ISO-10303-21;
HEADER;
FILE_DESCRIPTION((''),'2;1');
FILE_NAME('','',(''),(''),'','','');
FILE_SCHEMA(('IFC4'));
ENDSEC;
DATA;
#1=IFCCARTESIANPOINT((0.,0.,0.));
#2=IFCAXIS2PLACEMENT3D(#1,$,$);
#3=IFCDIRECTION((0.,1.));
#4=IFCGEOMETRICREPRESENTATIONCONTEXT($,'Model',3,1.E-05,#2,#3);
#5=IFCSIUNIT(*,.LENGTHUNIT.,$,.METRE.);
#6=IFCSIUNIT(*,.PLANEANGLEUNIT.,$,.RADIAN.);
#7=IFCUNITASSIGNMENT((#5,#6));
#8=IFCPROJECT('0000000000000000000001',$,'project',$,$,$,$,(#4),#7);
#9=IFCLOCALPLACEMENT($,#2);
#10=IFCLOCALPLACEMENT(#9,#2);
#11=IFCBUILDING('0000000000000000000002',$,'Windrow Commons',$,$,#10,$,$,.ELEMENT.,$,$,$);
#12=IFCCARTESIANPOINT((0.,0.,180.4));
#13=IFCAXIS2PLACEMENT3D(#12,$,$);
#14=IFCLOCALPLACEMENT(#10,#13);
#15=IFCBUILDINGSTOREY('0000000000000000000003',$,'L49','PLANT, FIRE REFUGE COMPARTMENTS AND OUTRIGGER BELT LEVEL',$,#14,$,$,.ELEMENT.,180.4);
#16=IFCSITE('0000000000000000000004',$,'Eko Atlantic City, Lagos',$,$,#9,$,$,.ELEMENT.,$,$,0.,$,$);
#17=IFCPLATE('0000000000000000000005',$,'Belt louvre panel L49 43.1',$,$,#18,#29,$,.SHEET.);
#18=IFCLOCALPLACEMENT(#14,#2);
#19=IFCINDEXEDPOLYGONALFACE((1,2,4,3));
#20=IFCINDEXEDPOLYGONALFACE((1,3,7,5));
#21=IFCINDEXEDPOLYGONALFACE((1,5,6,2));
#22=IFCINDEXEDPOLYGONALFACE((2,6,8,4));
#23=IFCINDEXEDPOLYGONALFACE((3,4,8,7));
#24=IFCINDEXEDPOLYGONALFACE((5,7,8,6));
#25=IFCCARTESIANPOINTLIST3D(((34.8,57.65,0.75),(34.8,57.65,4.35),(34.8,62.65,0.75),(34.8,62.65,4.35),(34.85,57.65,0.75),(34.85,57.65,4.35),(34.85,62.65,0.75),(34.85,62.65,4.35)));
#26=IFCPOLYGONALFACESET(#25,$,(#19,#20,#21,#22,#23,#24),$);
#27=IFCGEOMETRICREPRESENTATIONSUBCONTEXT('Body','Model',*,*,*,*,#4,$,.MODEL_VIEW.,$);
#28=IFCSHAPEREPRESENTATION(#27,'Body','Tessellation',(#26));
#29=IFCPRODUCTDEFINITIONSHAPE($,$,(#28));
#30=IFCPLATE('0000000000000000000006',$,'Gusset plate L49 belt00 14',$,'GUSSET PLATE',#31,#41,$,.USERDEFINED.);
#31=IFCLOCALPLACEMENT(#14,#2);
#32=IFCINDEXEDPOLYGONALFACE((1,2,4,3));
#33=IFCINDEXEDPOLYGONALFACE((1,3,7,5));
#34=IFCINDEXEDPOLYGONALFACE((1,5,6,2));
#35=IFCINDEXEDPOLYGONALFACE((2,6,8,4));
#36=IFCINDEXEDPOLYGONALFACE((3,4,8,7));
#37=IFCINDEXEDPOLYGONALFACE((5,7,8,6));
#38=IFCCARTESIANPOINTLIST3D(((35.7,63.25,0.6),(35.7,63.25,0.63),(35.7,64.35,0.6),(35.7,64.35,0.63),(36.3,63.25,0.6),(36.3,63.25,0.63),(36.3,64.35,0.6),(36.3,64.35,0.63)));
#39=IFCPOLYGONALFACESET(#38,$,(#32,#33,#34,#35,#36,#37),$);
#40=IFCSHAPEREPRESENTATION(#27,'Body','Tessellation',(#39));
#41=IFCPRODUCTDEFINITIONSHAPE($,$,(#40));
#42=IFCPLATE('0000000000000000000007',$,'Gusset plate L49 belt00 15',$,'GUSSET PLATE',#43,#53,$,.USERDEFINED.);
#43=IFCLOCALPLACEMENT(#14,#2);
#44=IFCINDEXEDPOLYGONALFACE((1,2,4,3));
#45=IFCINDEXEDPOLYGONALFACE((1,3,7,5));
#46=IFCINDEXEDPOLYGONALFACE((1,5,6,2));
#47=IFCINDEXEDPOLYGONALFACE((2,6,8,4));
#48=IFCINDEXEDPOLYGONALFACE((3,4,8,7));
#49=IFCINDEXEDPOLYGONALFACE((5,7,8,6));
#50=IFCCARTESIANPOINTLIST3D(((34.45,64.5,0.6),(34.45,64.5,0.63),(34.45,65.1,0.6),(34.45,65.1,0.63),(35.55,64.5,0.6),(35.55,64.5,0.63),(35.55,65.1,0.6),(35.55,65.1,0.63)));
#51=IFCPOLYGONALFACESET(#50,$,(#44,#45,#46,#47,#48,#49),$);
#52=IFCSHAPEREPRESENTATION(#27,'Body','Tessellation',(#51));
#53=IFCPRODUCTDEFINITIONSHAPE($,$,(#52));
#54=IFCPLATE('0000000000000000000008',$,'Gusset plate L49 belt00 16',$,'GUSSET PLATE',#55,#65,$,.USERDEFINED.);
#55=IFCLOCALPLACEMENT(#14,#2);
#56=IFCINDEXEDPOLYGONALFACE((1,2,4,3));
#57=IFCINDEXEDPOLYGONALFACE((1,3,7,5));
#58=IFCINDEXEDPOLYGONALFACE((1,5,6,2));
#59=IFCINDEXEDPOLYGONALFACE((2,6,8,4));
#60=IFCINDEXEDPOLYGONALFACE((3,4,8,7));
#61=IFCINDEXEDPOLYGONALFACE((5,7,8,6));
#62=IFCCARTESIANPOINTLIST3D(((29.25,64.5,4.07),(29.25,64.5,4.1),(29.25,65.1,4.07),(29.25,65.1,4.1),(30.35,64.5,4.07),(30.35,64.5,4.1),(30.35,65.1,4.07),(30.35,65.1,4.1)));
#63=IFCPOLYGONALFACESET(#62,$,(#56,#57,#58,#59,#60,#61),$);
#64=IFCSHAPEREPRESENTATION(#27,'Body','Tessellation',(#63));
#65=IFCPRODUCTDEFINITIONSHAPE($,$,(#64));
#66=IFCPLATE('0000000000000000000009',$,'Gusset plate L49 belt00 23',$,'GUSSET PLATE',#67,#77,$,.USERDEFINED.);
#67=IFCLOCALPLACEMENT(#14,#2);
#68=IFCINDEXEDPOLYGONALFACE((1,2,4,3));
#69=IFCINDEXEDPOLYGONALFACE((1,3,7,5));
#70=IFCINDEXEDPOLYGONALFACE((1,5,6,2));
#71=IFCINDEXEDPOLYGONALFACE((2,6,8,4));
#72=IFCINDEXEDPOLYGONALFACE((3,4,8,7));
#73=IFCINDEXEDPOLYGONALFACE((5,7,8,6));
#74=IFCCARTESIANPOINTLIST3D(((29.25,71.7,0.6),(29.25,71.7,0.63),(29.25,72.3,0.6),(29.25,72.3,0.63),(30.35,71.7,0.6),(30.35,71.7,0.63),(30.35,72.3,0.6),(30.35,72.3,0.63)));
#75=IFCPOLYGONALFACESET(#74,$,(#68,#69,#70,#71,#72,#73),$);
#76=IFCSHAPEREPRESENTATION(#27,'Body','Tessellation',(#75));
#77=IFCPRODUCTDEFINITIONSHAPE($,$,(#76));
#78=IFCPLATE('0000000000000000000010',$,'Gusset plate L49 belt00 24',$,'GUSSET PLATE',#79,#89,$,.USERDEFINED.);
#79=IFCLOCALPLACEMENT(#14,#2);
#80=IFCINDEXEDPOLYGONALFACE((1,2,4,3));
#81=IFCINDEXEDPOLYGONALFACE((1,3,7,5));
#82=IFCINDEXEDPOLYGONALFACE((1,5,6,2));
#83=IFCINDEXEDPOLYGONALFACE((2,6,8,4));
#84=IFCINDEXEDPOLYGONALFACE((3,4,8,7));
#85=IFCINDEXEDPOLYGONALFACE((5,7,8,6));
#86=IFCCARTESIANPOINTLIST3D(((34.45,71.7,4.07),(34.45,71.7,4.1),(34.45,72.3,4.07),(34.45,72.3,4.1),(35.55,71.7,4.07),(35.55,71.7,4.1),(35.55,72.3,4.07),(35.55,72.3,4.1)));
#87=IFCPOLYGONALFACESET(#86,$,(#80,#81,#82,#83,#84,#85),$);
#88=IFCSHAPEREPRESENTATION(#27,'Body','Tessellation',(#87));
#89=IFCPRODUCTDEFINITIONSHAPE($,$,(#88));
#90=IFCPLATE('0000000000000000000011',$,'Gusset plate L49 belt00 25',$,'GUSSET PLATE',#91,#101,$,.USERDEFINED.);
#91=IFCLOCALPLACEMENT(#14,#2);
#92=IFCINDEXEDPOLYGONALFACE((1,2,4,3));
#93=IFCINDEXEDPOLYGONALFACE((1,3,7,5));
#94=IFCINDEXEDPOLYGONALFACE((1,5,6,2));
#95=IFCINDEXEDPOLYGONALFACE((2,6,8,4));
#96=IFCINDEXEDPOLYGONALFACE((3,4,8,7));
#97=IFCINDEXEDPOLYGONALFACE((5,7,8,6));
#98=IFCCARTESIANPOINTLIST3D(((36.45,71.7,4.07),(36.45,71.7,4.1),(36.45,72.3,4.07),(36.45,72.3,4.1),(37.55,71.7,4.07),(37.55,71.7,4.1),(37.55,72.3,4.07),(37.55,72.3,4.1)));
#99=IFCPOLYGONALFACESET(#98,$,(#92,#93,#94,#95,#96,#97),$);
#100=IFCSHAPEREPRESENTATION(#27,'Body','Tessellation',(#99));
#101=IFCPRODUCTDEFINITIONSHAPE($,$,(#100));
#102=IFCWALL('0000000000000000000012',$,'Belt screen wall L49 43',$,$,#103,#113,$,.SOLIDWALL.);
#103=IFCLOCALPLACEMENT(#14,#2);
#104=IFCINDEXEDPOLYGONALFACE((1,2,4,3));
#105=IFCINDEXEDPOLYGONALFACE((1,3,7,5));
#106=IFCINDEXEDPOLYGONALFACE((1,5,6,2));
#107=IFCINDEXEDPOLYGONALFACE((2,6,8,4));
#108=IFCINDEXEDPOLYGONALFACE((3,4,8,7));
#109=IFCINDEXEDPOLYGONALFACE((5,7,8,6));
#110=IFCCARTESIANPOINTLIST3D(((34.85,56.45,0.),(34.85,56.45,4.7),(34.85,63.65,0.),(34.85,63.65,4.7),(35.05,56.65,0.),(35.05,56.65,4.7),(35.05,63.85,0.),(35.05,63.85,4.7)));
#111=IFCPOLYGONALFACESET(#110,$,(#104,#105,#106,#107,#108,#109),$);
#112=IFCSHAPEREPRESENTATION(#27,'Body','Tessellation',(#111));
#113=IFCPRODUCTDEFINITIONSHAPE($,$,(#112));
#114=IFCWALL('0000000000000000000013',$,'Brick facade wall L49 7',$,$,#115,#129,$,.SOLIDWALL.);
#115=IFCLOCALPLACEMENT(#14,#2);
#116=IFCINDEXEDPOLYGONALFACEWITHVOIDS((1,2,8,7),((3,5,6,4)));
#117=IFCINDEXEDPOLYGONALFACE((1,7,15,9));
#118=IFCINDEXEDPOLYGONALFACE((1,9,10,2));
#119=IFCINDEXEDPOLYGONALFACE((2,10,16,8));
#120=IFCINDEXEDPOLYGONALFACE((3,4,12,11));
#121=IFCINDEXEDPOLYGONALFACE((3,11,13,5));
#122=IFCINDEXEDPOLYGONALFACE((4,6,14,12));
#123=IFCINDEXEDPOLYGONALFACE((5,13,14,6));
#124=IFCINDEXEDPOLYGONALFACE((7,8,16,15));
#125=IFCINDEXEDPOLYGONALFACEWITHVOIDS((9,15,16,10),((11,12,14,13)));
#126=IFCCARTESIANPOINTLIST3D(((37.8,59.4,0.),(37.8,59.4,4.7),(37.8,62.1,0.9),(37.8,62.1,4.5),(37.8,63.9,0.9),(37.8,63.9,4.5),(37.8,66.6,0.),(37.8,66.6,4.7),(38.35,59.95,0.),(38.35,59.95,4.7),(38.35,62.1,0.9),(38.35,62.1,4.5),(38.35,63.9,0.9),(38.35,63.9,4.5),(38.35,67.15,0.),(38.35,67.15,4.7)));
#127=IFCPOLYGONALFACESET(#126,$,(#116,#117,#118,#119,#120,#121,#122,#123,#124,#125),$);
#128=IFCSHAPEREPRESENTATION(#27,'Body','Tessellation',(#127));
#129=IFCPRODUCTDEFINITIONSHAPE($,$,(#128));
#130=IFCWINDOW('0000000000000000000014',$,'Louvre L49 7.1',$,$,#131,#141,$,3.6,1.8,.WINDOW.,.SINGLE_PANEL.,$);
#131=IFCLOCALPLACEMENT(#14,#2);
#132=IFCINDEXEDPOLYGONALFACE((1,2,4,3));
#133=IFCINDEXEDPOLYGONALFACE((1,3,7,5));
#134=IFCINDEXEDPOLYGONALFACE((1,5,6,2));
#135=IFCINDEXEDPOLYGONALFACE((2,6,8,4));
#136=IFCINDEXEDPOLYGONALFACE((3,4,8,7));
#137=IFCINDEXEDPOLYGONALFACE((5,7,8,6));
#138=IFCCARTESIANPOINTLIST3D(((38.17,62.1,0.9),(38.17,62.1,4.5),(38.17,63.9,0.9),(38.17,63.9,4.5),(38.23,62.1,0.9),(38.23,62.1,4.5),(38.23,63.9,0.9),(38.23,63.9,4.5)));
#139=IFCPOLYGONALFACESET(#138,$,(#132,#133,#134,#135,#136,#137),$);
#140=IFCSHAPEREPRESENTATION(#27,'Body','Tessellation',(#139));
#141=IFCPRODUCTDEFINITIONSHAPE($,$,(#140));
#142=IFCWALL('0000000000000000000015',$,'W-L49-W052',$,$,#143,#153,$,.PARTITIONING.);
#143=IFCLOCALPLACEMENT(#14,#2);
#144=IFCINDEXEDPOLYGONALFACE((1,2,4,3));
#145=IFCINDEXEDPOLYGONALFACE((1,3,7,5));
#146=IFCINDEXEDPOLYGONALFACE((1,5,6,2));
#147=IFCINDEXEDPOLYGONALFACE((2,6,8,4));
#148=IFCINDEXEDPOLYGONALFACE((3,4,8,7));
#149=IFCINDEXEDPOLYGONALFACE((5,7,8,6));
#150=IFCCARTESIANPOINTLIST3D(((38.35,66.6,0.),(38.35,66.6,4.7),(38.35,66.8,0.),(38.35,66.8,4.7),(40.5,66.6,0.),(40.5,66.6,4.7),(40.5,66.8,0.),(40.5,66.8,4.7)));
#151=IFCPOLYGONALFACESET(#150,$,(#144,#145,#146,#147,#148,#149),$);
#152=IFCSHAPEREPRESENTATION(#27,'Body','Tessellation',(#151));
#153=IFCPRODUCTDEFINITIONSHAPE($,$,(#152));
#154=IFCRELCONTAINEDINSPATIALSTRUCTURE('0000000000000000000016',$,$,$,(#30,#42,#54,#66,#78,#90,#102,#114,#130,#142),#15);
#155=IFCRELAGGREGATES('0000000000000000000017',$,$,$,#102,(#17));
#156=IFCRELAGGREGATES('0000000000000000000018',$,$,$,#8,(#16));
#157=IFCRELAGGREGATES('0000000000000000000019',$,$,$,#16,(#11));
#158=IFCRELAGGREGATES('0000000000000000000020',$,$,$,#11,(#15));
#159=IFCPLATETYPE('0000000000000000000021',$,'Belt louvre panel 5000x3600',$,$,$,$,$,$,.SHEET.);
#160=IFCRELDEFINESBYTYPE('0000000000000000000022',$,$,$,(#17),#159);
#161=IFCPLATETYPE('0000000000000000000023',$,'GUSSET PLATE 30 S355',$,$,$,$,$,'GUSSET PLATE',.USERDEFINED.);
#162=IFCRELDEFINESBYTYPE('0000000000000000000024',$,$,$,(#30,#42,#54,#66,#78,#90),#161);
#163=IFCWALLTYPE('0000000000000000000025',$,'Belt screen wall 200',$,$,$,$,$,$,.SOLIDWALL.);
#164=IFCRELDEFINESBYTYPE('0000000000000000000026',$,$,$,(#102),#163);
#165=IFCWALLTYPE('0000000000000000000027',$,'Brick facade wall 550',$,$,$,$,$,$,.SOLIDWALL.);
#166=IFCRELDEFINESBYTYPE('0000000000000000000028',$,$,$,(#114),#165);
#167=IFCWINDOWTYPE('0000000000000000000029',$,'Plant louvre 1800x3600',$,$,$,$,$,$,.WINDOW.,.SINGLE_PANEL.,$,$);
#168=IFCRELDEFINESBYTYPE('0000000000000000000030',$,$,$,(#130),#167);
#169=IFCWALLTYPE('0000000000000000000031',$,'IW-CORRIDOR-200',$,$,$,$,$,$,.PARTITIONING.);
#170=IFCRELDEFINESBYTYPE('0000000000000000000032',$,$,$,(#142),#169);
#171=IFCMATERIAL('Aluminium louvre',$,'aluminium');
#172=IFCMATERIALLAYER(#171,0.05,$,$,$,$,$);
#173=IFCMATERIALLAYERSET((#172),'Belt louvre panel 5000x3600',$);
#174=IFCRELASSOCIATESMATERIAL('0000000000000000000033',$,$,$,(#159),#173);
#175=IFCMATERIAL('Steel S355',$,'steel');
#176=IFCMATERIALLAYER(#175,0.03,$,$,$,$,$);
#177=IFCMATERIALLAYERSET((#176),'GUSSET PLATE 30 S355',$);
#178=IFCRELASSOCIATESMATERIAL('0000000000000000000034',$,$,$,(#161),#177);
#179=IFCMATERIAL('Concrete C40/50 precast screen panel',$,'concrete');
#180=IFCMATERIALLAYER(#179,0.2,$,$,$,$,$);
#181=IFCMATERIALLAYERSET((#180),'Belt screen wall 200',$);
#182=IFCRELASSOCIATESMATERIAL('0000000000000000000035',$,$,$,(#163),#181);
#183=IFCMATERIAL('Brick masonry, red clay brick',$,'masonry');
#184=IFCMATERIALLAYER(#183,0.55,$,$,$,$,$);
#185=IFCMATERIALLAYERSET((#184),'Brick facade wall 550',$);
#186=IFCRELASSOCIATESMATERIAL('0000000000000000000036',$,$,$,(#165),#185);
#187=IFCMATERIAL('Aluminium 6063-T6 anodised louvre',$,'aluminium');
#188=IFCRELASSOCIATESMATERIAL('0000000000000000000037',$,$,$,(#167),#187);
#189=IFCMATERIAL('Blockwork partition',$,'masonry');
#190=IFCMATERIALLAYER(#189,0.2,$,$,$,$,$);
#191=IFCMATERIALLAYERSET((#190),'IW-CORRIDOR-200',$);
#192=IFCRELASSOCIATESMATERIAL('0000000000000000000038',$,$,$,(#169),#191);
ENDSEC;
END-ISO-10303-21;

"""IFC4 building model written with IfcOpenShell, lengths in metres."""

from ifc_helpers import new_model, si_unit, direction, frame, frame_2d, origin, origin_2d, place, context, subcontext, project, spatial, polyline, rectangle, outline, extrude, material, layer, layer_set, type_object, element, fill, aggregate, save


model = new_model("IFC4")

# Units and contexts
model_context = context("Model", 3, precision=1e-05, world=origin(), true_north=direction((0.0, 1.0)))
body_context = subcontext(model_context, "Body", "Model", "MODEL_VIEW")
ifc_project = project(units=[si_unit("LENGTHUNIT", "METRE"), si_unit("PLANEANGLEUNIT", "RADIAN")], contexts=[model_context])

# Site, building, storey
site_placement = place(None, origin())
site = spatial("IfcSite", under=ifc_project, at=site_placement, Name="Eko Atlantic City, Lagos", CompositionType="ELEMENT", RefElevation=0.0)
building_placement = place(site_placement, origin())
building = spatial("IfcBuilding", under=site, at=building_placement, Name="Windrow Commons", CompositionType="ELEMENT")
storey_placement = place(building_placement, frame((0.0, 0.0, 180.4)))
storey = spatial("IfcBuildingStorey", under=building, at=storey_placement, Name="L49", Description="PLANT, FIRE REFUGE COMPARTMENTS AND OUTRIGGER BELT LEVEL", CompositionType="ELEMENT", Elevation=180.4)

# Plate
ifc_material_1 = material(Name="Aluminium louvre", Category="aluminium")
ifc_layer_1 = layer(ifc_material_1, 0.05)
ifc_layer_set_1 = layer_set([ifc_layer_1], Name="Belt louvre panel 5000x3600")
plate_type_1 = type_object("IfcPlateType", Name="Belt louvre panel 5000x3600", PredefinedType="SHEET", material=ifc_layer_set_1)
plate_placement = place(storey_placement, frame((34.8, 62.65, 0.75), z_axis=(-1.0, 0.0, 0.0), x_axis=(0.0, -1.0, 0.0)))
plate = element("IfcPlate", 1, at=plate_placement, type_object=plate_type_1, Name="Belt louvre panel L49 43.1", PredefinedType="SHEET", context=body_context, shape_type="SweptSolid", body=[
    extrude(outline(polyline([(0.0, 0.0), (5.0, 0.0), (5.0, 3.6), (0.0, 3.6), (0.0, 0.0)])), origin(), (0.0, 0.0, -1.0), 0.05),
])

# Plates
ifc_material_2 = material(Name="Steel S355", Category="steel")
ifc_layer_2 = layer(ifc_material_2, 0.03)
ifc_layer_set_2 = layer_set([ifc_layer_2], Name="GUSSET PLATE 30 S355")
plate_type_2 = type_object("IfcPlateType", Name="GUSSET PLATE 30 S355", ElementType="GUSSET PLATE", PredefinedType="USERDEFINED", material=ifc_layer_set_2)
for number, where, z_axis, x_axis, name in (
    (2, (36.0, 63.8, 0.6), (0.0, 0.0, 1.0), (0.0, 1.0, 0.0), "Gusset plate L49 belt00 14"),
    (3, (35.0, 64.8, 0.6), (0.0, 0.0, 1.0), (-1.0, 0.0, 0.0), "Gusset plate L49 belt00 15"),
    (4, (29.8, 64.8, 4.07), (0.0, 0.0, 1.0), (-1.0, 0.0, 0.0), "Gusset plate L49 belt00 16"),
    (5, (29.8, 72.0, 0.6), (0.0, 0.0, 1.0), (1.0, 0.0, 0.0), "Gusset plate L49 belt00 23"),
    (6, (35.0, 72.0, 4.07), (0.0, 0.0, 1.0), (1.0, 0.0, 0.0), "Gusset plate L49 belt00 24"),
    (7, (37.0, 72.0, 4.07), (0.0, 0.0, 1.0), (1.0, 0.0, 0.0), "Gusset plate L49 belt00 25"),
):
    element("IfcPlate", number, at=place(storey_placement, frame(where, z_axis=z_axis, x_axis=x_axis)), inside=storey, type_object=plate_type_2, Name=name, ObjectType="GUSSET PLATE", PredefinedType="USERDEFINED", context=body_context, shape_type="SweptSolid", body=[
        extrude(rectangle(XDim=1.1, YDim=0.6, at=origin_2d()), origin(), (0.0, 0.0, 1.0), 0.03),
    ])

# Wall
ifc_material_3 = material(Name="Concrete C40/50 precast screen panel", Category="concrete")
ifc_layer_3 = layer(ifc_material_3, 0.2)
ifc_layer_set_3 = layer_set([ifc_layer_3], Name="Belt screen wall 200")
wall_type_1 = type_object("IfcWallType", Name="Belt screen wall 200", PredefinedType="SOLIDWALL", material=ifc_layer_set_3)
wall_1_placement = place(storey_placement, frame((34.95, 63.75, 0.0), z_axis=(0.0, 0.0, 1.0), x_axis=(0.0, -1.0, 0.0)))
wall_1 = element("IfcWall", 8, at=wall_1_placement, inside=storey, type_object=wall_type_1, Name="Belt screen wall L49 43", PredefinedType="SOLIDWALL", context=body_context, shape_type="SweptSolid", body=[
    extrude(outline(polyline([(0.1, -0.1), (7.3, -0.1), (7.1, 0.1), (-0.1, 0.1), (0.1, -0.1)])), origin(), (0.0, 0.0, 1.0), 4.7),
])
aggregate(wall_1, [plate])

# Wall, opening, window
ifc_material_4 = material(Name="Brick masonry, red clay brick", Category="masonry")
ifc_layer_4 = layer(ifc_material_4, 0.55)
ifc_layer_set_4 = layer_set([ifc_layer_4], Name="Brick facade wall 550")
wall_type_2 = type_object("IfcWallType", Name="Brick facade wall 550", PredefinedType="SOLIDWALL", material=ifc_layer_set_4)
wall_2_placement = place(storey_placement, frame((38.075, 66.875, 0.0), z_axis=(0.0, 0.0, 1.0), x_axis=(0.0, -1.0, 0.0)))
wall_2 = element("IfcWall", 9, at=wall_2_placement, inside=storey, type_object=wall_type_2, Name="Brick facade wall L49 7", PredefinedType="SOLIDWALL", context=body_context, shape_type="SweptSolid", body=[
    extrude(outline(polyline([(0.275, -0.275), (7.475, -0.275), (6.925, 0.275), (-0.275, 0.275), (0.275, -0.275)])), origin(), (0.0, 0.0, 1.0), 4.7),
])
opening_placement = place(wall_2_placement, frame((2.975, 0.0, 0.9)))
opening = element("IfcOpeningElement", 10, at=opening_placement, cuts=wall_2, PredefinedType="OPENING", context=body_context, shape_type="SweptSolid", body=[
    extrude(rectangle(XDim=1.8, YDim=3.6, at=frame_2d((0.9, 1.8))), frame((0.0, 0.285, 0.0), z_axis=(0.0, -1.0, 0.0), x_axis=(1.0, 0.0, 0.0)), (0.0, 0.0, 1.0), 0.57),
])
ifc_material_5 = material(Name="Aluminium 6063-T6 anodised louvre", Category="aluminium")
window_type = type_object("IfcWindowType", Name="Plant louvre 1800x3600", PartitioningType="SINGLE_PANEL", PredefinedType="WINDOW", material=ifc_material_5)
window_placement = place(opening_placement, origin())
window = element("IfcWindow", 11, at=window_placement, inside=storey, type_object=window_type, Name="Louvre L49 7.1", OverallHeight=3.6, OverallWidth=1.8, PartitioningType="SINGLE_PANEL", PredefinedType="WINDOW", context=body_context, shape_type="SweptSolid", body=[
    extrude(rectangle(XDim=1.8, YDim=3.6, at=frame_2d((0.9, 1.8))), frame((0.0, 0.155, 0.0), z_axis=(0.0, -1.0, 0.0), x_axis=(1.0, 0.0, 0.0)), (0.0, 0.0, 1.0), 0.06),
])
fill(opening, window)

# Wall
ifc_material_6 = material(Name="Blockwork partition", Category="masonry")
ifc_layer_5 = layer(ifc_material_6, 0.2)
ifc_layer_set_5 = layer_set([ifc_layer_5], Name="IW-CORRIDOR-200")
wall_type_3 = type_object("IfcWallType", Name="IW-CORRIDOR-200", PredefinedType="PARTITIONING", material=ifc_layer_set_5)
wall_3_placement = place(storey_placement, frame((38.35, 66.7, 0.0), z_axis=(0.0, 0.0, 1.0), x_axis=(1.0, 0.0, 0.0)))
element("IfcWall", 12, at=wall_3_placement, inside=storey, type_object=wall_type_3, Name="W-L49-W052", PredefinedType="PARTITIONING", context=body_context, shape_type="SweptSolid", body=[
    extrude(rectangle(XDim=2.15, YDim=0.2, at=frame_2d((1.075, 0.0))), origin(), (0.0, 0.0, 1.0), 4.7),
])

save(model, "model.ifc")
